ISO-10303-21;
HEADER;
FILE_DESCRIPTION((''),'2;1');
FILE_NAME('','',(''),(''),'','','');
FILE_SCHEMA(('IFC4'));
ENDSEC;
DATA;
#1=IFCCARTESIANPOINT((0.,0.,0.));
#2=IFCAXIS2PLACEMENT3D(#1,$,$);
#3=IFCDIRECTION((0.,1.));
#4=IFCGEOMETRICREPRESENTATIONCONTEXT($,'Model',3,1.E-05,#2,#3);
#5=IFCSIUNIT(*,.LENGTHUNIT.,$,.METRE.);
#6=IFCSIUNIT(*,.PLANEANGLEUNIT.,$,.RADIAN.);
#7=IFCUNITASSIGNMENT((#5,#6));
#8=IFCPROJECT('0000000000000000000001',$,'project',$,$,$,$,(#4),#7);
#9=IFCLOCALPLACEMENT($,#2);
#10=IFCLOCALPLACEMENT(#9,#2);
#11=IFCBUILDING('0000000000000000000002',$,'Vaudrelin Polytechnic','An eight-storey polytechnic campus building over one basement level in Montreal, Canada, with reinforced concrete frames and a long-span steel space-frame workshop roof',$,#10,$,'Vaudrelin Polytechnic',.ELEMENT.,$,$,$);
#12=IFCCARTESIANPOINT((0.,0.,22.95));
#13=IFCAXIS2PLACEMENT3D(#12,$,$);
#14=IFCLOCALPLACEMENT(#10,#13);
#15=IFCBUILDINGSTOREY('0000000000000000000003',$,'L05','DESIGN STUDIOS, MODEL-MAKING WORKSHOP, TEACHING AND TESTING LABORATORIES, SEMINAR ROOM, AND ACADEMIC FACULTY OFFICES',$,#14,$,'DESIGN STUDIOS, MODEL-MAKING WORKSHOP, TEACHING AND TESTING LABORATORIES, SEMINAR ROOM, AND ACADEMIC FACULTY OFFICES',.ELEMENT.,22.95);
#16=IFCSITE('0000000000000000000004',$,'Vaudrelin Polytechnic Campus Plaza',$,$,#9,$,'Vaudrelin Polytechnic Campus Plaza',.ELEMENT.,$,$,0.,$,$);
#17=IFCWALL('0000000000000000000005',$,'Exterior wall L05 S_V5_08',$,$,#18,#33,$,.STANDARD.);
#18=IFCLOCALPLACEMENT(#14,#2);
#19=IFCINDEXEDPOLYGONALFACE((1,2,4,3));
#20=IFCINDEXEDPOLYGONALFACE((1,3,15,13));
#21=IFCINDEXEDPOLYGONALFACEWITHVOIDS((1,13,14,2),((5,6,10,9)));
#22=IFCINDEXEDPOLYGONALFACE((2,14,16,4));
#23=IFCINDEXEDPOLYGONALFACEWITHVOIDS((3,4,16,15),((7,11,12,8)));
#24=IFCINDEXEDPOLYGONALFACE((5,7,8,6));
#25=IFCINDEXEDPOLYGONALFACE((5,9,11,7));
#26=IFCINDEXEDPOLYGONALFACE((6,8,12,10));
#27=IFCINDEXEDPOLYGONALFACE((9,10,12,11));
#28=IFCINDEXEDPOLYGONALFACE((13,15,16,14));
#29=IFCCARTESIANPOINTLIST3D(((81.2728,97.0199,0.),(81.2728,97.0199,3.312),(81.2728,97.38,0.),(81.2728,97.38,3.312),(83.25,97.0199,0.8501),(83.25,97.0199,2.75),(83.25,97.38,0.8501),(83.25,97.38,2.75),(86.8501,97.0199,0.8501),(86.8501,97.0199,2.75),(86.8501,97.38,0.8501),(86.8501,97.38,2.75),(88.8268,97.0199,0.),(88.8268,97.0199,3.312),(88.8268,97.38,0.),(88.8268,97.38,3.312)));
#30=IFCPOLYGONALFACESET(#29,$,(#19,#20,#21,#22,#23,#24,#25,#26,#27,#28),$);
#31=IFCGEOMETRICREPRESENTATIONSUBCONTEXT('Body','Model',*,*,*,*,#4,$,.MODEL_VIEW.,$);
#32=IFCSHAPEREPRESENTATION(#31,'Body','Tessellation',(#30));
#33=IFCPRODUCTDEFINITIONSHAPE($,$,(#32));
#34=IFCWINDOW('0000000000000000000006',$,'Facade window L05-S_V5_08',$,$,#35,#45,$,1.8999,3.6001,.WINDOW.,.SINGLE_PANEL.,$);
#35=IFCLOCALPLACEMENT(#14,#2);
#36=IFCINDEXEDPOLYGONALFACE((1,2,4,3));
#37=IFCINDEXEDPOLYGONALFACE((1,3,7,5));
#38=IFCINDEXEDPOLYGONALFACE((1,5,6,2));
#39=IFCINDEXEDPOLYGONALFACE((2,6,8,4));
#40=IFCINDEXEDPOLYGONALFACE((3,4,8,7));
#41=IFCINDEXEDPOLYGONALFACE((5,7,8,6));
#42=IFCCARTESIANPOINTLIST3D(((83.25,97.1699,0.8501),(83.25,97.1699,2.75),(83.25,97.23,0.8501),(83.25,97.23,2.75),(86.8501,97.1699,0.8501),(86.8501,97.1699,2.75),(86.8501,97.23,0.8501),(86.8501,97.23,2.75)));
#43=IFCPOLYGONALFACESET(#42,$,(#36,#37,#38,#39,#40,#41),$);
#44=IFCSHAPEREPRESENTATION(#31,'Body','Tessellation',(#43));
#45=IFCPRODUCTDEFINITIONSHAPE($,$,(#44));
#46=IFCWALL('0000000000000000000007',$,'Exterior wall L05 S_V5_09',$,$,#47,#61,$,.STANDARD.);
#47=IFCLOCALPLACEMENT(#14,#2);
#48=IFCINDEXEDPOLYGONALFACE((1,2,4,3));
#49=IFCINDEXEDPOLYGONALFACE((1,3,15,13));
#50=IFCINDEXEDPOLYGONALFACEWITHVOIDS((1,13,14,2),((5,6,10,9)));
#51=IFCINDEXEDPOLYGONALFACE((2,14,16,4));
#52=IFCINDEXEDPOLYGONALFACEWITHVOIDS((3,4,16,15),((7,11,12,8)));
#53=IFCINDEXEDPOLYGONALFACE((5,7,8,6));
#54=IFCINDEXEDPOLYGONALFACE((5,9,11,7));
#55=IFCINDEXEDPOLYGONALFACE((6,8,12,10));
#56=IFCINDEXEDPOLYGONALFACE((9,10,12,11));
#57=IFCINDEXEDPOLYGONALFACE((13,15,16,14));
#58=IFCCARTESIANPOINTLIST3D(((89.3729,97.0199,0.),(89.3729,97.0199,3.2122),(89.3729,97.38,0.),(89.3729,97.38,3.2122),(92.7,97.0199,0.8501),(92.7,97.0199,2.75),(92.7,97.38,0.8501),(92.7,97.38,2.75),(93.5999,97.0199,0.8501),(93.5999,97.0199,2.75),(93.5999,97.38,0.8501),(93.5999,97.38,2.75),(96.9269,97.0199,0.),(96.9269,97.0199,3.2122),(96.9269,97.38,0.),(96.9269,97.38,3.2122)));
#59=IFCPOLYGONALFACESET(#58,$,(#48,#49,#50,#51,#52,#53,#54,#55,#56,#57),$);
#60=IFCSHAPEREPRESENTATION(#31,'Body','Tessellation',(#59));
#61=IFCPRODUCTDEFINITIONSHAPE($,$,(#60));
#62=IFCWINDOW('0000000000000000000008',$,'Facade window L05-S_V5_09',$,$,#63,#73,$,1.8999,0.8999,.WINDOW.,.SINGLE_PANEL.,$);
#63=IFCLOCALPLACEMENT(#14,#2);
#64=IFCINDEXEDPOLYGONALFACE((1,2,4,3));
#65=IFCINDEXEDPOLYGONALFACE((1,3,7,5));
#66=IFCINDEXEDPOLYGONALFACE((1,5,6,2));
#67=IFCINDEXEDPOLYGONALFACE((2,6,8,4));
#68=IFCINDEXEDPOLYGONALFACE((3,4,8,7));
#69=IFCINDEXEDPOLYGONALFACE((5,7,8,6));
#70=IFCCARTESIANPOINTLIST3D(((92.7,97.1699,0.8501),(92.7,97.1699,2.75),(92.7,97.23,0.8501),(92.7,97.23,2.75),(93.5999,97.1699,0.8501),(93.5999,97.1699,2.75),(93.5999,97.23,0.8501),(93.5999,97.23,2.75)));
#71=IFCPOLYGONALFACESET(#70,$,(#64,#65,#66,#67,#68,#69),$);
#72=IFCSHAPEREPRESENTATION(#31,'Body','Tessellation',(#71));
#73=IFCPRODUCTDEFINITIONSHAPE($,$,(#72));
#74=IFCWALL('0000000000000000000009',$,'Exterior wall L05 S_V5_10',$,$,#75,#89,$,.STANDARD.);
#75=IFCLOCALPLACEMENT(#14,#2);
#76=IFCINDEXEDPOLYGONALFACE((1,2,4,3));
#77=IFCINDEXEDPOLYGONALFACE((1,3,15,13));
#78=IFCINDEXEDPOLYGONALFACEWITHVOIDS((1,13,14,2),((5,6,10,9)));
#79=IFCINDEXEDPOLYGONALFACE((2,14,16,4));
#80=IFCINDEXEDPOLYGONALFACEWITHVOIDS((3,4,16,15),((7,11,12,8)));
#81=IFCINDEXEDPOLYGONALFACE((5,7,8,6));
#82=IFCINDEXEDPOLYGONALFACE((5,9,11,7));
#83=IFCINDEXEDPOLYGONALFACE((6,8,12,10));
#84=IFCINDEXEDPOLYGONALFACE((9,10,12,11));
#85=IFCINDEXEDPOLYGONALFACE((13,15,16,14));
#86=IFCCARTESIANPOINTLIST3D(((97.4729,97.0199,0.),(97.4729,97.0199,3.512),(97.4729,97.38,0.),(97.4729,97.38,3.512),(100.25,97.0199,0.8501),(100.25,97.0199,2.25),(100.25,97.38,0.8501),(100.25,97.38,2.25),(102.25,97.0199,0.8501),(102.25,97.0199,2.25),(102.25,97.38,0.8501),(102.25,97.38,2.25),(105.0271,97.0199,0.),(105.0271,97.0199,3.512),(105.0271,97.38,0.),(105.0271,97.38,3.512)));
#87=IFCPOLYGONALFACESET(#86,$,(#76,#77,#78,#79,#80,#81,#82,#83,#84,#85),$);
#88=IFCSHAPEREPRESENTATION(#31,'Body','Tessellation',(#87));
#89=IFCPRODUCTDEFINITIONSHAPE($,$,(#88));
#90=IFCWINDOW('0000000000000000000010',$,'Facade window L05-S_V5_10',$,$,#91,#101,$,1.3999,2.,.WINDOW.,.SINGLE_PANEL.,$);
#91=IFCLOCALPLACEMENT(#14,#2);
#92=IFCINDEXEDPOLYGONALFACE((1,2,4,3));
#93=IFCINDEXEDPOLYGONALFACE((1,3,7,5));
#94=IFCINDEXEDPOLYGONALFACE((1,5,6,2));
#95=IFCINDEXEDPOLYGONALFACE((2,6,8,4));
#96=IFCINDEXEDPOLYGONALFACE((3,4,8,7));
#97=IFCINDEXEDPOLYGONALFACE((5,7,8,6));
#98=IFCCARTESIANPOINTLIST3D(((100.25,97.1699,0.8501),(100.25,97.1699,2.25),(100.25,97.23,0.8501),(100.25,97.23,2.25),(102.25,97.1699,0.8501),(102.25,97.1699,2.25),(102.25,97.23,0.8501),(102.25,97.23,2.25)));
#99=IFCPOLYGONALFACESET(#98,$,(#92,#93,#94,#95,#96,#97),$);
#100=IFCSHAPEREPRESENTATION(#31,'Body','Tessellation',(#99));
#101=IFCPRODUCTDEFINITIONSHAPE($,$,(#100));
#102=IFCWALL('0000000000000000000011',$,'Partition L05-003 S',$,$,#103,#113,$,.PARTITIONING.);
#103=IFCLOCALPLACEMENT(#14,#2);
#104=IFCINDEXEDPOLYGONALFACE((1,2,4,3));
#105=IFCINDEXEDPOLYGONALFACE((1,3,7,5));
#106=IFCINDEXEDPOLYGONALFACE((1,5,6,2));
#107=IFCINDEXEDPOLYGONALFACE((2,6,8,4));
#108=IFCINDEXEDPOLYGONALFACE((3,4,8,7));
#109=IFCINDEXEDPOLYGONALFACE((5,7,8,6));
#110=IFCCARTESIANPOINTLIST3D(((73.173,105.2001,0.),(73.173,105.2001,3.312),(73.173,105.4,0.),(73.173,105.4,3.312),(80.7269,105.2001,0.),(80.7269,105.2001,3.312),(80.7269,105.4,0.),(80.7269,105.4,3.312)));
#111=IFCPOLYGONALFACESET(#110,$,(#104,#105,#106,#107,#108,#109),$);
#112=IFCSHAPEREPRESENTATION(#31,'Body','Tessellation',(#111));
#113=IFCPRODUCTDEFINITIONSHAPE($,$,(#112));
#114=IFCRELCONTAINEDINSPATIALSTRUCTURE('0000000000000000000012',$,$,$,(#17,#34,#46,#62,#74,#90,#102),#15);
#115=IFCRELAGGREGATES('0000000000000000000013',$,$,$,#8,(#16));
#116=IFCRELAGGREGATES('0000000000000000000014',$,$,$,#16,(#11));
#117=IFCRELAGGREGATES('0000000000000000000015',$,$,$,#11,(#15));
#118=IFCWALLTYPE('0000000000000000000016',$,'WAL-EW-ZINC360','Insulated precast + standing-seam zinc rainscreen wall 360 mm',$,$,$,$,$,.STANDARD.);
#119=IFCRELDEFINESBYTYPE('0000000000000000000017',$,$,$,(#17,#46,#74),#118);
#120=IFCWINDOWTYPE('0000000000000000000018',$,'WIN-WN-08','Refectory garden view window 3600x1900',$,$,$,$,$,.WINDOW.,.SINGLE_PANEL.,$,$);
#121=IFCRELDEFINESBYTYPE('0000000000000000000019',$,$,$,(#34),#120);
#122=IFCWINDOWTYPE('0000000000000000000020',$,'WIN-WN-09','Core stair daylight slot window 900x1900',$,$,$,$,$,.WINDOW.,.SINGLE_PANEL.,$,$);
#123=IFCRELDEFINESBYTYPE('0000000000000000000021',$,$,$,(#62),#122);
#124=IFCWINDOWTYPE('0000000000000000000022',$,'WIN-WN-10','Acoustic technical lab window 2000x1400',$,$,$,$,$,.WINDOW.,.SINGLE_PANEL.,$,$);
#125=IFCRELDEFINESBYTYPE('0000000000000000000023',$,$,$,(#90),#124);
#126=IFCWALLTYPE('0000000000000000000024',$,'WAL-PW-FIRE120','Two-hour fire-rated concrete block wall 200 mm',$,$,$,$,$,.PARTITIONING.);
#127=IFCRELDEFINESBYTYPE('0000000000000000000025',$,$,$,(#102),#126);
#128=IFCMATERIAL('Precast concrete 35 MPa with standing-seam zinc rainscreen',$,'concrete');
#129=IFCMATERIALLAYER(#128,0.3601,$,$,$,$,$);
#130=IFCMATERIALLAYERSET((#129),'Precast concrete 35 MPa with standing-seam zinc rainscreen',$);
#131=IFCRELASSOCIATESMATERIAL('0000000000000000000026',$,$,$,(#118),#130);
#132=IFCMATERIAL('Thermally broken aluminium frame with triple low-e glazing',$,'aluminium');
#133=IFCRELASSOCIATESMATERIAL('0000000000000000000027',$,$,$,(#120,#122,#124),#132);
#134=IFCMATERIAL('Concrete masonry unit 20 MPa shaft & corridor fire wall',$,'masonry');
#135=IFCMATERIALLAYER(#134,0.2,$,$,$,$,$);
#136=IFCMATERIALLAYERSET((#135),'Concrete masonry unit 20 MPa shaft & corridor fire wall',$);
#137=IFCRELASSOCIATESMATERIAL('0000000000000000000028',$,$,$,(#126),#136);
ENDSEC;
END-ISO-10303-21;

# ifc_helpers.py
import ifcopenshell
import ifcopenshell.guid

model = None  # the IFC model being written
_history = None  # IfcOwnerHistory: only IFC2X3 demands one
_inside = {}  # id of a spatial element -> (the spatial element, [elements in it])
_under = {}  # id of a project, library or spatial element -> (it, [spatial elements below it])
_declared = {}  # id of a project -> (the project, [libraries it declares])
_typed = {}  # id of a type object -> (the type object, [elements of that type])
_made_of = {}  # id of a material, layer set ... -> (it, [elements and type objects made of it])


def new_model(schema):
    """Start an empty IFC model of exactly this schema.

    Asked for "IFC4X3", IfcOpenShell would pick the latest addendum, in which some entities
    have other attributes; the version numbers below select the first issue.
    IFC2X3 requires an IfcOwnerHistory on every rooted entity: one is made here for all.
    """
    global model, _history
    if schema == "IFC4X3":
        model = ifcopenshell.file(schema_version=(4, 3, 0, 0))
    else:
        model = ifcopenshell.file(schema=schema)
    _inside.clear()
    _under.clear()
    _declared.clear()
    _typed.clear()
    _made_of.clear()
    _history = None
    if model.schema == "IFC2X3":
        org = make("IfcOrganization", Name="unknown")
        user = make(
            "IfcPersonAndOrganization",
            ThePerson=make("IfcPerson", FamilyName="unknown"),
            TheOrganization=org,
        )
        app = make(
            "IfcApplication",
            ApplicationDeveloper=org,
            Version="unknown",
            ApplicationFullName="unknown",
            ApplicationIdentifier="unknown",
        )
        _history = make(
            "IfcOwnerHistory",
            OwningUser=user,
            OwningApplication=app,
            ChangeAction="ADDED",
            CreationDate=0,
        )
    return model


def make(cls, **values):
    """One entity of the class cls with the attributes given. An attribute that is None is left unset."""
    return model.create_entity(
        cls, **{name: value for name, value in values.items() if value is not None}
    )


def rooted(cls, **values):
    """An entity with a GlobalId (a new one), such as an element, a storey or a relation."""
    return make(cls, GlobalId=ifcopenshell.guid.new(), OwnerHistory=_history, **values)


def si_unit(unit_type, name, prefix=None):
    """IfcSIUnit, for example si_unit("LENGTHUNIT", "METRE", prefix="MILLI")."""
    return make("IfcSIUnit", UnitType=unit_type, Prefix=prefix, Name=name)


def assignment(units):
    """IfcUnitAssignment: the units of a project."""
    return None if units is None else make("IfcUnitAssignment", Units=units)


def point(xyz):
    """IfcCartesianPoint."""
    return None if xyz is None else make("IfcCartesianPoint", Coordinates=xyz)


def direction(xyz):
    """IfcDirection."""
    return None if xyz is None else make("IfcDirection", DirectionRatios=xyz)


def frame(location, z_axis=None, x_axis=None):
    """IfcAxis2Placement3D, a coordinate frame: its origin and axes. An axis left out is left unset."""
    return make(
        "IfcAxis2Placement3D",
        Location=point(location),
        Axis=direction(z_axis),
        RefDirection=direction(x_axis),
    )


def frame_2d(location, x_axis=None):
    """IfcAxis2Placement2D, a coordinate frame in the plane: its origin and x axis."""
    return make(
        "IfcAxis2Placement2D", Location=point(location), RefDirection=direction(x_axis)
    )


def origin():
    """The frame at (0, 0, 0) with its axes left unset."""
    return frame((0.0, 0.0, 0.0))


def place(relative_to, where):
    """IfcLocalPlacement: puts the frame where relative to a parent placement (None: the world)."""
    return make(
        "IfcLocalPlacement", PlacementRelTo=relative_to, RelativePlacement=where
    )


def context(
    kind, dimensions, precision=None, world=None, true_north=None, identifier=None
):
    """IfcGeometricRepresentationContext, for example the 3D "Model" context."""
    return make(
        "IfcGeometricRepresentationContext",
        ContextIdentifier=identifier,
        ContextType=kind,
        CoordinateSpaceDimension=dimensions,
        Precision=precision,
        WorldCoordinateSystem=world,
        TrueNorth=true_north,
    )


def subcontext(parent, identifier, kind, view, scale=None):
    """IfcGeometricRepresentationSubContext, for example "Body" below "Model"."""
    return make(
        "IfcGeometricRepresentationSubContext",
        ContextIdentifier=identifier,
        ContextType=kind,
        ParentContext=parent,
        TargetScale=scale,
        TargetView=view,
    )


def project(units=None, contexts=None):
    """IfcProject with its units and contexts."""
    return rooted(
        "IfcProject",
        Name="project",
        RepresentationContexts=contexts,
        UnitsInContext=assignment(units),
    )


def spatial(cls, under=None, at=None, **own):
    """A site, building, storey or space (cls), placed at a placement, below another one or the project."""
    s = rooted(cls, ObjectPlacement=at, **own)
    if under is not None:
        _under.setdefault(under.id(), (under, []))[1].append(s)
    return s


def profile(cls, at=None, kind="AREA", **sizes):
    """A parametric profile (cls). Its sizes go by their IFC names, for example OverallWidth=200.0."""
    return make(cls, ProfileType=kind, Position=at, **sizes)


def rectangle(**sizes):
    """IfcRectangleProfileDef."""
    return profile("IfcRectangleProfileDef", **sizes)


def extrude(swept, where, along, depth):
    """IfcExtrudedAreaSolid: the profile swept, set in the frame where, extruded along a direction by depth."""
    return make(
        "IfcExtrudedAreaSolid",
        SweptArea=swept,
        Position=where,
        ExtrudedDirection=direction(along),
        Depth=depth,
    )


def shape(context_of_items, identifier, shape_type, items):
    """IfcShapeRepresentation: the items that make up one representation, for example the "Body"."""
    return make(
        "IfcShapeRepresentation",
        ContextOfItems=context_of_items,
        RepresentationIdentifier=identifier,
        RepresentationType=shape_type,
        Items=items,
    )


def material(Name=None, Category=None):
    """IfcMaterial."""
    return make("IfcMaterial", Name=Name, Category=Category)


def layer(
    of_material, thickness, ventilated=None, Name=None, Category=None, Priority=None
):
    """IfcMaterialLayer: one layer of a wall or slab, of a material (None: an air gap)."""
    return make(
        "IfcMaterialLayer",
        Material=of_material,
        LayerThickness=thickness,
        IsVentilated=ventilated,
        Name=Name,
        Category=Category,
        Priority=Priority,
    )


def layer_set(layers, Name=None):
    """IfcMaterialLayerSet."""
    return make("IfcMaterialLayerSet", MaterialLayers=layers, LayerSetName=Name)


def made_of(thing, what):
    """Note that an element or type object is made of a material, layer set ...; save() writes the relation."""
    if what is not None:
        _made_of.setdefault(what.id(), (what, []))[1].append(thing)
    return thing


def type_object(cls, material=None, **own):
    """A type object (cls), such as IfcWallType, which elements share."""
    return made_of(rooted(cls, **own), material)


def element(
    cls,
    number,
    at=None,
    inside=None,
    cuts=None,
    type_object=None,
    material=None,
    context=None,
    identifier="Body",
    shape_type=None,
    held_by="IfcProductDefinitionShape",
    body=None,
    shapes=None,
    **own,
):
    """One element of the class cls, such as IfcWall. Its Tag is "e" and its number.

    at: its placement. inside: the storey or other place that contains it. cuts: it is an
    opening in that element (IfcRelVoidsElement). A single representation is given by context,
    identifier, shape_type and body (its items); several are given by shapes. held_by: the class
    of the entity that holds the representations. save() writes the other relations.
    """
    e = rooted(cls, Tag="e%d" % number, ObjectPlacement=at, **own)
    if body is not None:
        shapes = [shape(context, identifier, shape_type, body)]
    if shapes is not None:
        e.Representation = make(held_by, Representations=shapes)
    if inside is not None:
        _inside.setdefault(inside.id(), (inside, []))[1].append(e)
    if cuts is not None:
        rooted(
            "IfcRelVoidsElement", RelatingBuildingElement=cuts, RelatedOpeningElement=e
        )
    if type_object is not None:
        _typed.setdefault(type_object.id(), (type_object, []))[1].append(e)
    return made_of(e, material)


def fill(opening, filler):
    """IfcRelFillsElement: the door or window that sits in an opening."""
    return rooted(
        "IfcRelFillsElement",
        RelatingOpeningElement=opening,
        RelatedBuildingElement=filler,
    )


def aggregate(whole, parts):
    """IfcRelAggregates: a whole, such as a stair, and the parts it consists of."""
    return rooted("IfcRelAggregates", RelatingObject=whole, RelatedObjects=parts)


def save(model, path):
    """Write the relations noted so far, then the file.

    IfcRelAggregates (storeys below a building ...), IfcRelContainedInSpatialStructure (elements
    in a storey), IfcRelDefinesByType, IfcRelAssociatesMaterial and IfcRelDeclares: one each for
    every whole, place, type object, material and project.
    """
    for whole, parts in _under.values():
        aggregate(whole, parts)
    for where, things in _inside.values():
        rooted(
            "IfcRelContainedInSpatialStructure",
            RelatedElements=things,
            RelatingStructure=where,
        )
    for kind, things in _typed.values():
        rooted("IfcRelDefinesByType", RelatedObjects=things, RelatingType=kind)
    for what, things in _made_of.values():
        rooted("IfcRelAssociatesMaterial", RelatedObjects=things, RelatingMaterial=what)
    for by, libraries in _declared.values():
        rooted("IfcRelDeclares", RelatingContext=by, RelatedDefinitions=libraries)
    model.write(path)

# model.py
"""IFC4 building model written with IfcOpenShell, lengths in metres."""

from ifc_helpers import new_model, si_unit, direction, frame, frame_2d, origin, place, context, subcontext, project, spatial, rectangle, extrude, material, layer, layer_set, type_object, element, fill, save


model = new_model("IFC4")

# Units and contexts
model_context = context("Model", 3, precision=1e-05, world=origin(), true_north=direction((0.0, 1.0)))
body_context = subcontext(model_context, "Body", "Model", "MODEL_VIEW")
ifc_project = project(units=[si_unit("LENGTHUNIT", "METRE"), si_unit("PLANEANGLEUNIT", "RADIAN")], contexts=[model_context])

# Site, building, storey
site_placement = place(None, origin())
site = spatial("IfcSite", under=ifc_project, at=site_placement, Name="Vaudrelin Polytechnic Campus Plaza", LongName="Vaudrelin Polytechnic Campus Plaza", CompositionType="ELEMENT", RefElevation=0.0)
building_placement = place(site_placement, origin())
building = spatial("IfcBuilding", under=site, at=building_placement, Name="Vaudrelin Polytechnic", Description="An eight-storey polytechnic campus building over one basement level in Montreal, Canada, with reinforced concrete frames and a long-span steel space-frame workshop roof", LongName="Vaudrelin Polytechnic", CompositionType="ELEMENT")
storey_placement = place(building_placement, frame((0.0, 0.0, 22.95)))
storey = spatial("IfcBuildingStorey", under=building, at=storey_placement, Name="L05", Description="DESIGN STUDIOS, MODEL-MAKING WORKSHOP, TEACHING AND TESTING LABORATORIES, SEMINAR ROOM, AND ACADEMIC FACULTY OFFICES", LongName="DESIGN STUDIOS, MODEL-MAKING WORKSHOP, TEACHING AND TESTING LABORATORIES, SEMINAR ROOM, AND ACADEMIC FACULTY OFFICES", CompositionType="ELEMENT", Elevation=22.95)

# Walls, openings, windows
ifc_material_1 = material(Name="Precast concrete 35 MPa with standing-seam zinc rainscreen", Category="concrete")
ifc_layer_1 = layer(ifc_material_1, 0.3601)
ifc_layer_set_1 = layer_set([ifc_layer_1], Name="Precast concrete 35 MPa with standing-seam zinc rainscreen")
wall_type_1 = type_object("IfcWallType", Name="WAL-EW-ZINC360", Description="Insulated precast + standing-seam zinc rainscreen wall 360 mm", PredefinedType="STANDARD", material=ifc_layer_set_1)
ifc_material_2 = material(Name="Thermally broken aluminium frame with triple low-e glazing", Category="aluminium")
wall_1_placement = place(storey_placement, frame((81.2729, 97.2, 0.0), z_axis=(0.0, 0.0, 1.0), x_axis=(1.0, 0.0, 0.0)))
wall_1 = element("IfcWall", 1, at=wall_1_placement, inside=storey, type_object=wall_type_1, Name="Exterior wall L05 S_V5_08", PredefinedType="STANDARD", context=body_context, shape_type="SweptSolid", body=[
    extrude(rectangle(XDim=7.554, YDim=0.3601, at=frame_2d((3.7769, 0.0))), origin(), (0.0, 0.0, 1.0), 3.312),
])
opening_1_placement = place(wall_1_placement, frame((1.9771, 0.0, 0.8501)))
opening_1 = element("IfcOpeningElement", 2, at=opening_1_placement, cuts=wall_1, PredefinedType="OPENING", context=body_context, shape_type="SweptSolid", body=[
    extrude(rectangle(XDim=3.6001, YDim=1.8999, at=frame_2d((1.8, 0.95))), frame((0.0, 0.1899, 0.0), z_axis=(0.0, -1.0, 0.0), x_axis=(1.0, 0.0, 0.0)), (0.0, 0.0, 1.0), 0.3801),
])
window_type_1 = type_object("IfcWindowType", Name="WIN-WN-08", Description="Refectory garden view window 3600x1900", PartitioningType="SINGLE_PANEL", PredefinedType="WINDOW", material=ifc_material_2)
window_1_placement = place(opening_1_placement, origin())
window_1 = element("IfcWindow", 3, at=window_1_placement, inside=storey, type_object=window_type_1, Name="Facade window L05-S_V5_08", OverallHeight=1.8999, OverallWidth=3.6001, PartitioningType="SINGLE_PANEL", PredefinedType="WINDOW", context=body_context, shape_type="SweptSolid", body=[
    extrude(rectangle(XDim=3.6001, YDim=1.8999, at=frame_2d((1.8, 0.95))), frame((0.0, 0.03, 0.0), z_axis=(0.0, -1.0, 0.0), x_axis=(1.0, 0.0, 0.0)), (0.0, 0.0, 1.0), 0.0601),
])
fill(opening_1, window_1)
wall_2_placement = place(storey_placement, frame((89.373, 97.2, 0.0), z_axis=(0.0, 0.0, 1.0), x_axis=(1.0, 0.0, 0.0)))
wall_2 = element("IfcWall", 4, at=wall_2_placement, inside=storey, type_object=wall_type_1, Name="Exterior wall L05 S_V5_09", PredefinedType="STANDARD", context=body_context, shape_type="SweptSolid", body=[
    extrude(rectangle(XDim=7.554, YDim=0.3601, at=frame_2d((3.7769, 0.0))), origin(), (0.0, 0.0, 1.0), 3.2122),
])
opening_2_placement = place(wall_2_placement, frame((3.3269, 0.0, 0.8501)))
opening_2 = element("IfcOpeningElement", 5, at=opening_2_placement, cuts=wall_2, PredefinedType="OPENING", context=body_context, shape_type="SweptSolid", body=[
    extrude(rectangle(XDim=0.8999, YDim=1.8999, at=frame_2d((0.45, 0.95))), frame((0.0, 0.1899, 0.0), z_axis=(0.0, -1.0, 0.0), x_axis=(1.0, 0.0, 0.0)), (0.0, 0.0, 1.0), 0.3801),
])
window_type_2 = type_object("IfcWindowType", Name="WIN-WN-09", Description="Core stair daylight slot window 900x1900", PartitioningType="SINGLE_PANEL", PredefinedType="WINDOW", material=ifc_material_2)
window_2_placement = place(opening_2_placement, origin())
window_2 = element("IfcWindow", 6, at=window_2_placement, inside=storey, type_object=window_type_2, Name="Facade window L05-S_V5_09", OverallHeight=1.8999, OverallWidth=0.8999, PartitioningType="SINGLE_PANEL", PredefinedType="WINDOW", context=body_context, shape_type="SweptSolid", body=[
    extrude(rectangle(XDim=0.8999, YDim=1.8999, at=frame_2d((0.45, 0.95))), frame((0.0, 0.03, 0.0), z_axis=(0.0, -1.0, 0.0), x_axis=(1.0, 0.0, 0.0)), (0.0, 0.0, 1.0), 0.0601),
])
fill(opening_2, window_2)
wall_3_placement = place(storey_placement, frame((97.4729, 97.2, 0.0), z_axis=(0.0, 0.0, 1.0), x_axis=(1.0, 0.0, 0.0)))
wall_3 = element("IfcWall", 7, at=wall_3_placement, inside=storey, type_object=wall_type_1, Name="Exterior wall L05 S_V5_10", PredefinedType="STANDARD", context=body_context, shape_type="SweptSolid", body=[
    extrude(rectangle(XDim=7.5542, YDim=0.3601, at=frame_2d((3.7771, 0.0))), origin(), (0.0, 0.0, 1.0), 3.512),
])
opening_3_placement = place(wall_3_placement, frame((2.7771, 0.0, 0.8501)))
opening_3 = element("IfcOpeningElement", 8, at=opening_3_placement, cuts=wall_3, PredefinedType="OPENING", context=body_context, shape_type="SweptSolid", body=[
    extrude(rectangle(XDim=2.0, YDim=1.3999, at=frame_2d((1.0, 0.7))), frame((0.0, 0.1899, 0.0), z_axis=(0.0, -1.0, 0.0), x_axis=(1.0, 0.0, 0.0)), (0.0, 0.0, 1.0), 0.3801),
])
window_type_3 = type_object("IfcWindowType", Name="WIN-WN-10", Description="Acoustic technical lab window 2000x1400", PartitioningType="SINGLE_PANEL", PredefinedType="WINDOW", material=ifc_material_2)
window_3_placement = place(opening_3_placement, origin())
window_3 = element("IfcWindow", 9, at=window_3_placement, inside=storey, type_object=window_type_3, Name="Facade window L05-S_V5_10", OverallHeight=1.3999, OverallWidth=2.0, PartitioningType="SINGLE_PANEL", PredefinedType="WINDOW", context=body_context, shape_type="SweptSolid", body=[
    extrude(rectangle(XDim=2.0, YDim=1.3999, at=frame_2d((1.0, 0.7))), frame((0.0, 0.03, 0.0), z_axis=(0.0, -1.0, 0.0), x_axis=(1.0, 0.0, 0.0)), (0.0, 0.0, 1.0), 0.0601),
])
fill(opening_3, window_3)

# Wall
ifc_material_3 = material(Name="Concrete masonry unit 20 MPa shaft & corridor fire wall", Category="masonry")
ifc_layer_2 = layer(ifc_material_3, 0.2)
ifc_layer_set_2 = layer_set([ifc_layer_2], Name="Concrete masonry unit 20 MPa shaft & corridor fire wall")
wall_type_2 = type_object("IfcWallType", Name="WAL-PW-FIRE120", Description="Two-hour fire-rated concrete block wall 200 mm", PredefinedType="PARTITIONING", material=ifc_layer_set_2)
wall_4_placement = place(storey_placement, frame((73.1731, 105.3, 0.0), z_axis=(0.0, 0.0, 1.0), x_axis=(1.0, 0.0, 0.0)))
element("IfcWall", 10, at=wall_4_placement, inside=storey, type_object=wall_type_2, Name="Partition L05-003 S", PredefinedType="PARTITIONING", context=body_context, shape_type="SweptSolid", body=[
    extrude(rectangle(XDim=7.554, YDim=0.2, at=frame_2d((3.7769, 0.0))), origin(), (0.0, 0.0, 1.0), 3.312),
])

save(model, "model.ifc")
